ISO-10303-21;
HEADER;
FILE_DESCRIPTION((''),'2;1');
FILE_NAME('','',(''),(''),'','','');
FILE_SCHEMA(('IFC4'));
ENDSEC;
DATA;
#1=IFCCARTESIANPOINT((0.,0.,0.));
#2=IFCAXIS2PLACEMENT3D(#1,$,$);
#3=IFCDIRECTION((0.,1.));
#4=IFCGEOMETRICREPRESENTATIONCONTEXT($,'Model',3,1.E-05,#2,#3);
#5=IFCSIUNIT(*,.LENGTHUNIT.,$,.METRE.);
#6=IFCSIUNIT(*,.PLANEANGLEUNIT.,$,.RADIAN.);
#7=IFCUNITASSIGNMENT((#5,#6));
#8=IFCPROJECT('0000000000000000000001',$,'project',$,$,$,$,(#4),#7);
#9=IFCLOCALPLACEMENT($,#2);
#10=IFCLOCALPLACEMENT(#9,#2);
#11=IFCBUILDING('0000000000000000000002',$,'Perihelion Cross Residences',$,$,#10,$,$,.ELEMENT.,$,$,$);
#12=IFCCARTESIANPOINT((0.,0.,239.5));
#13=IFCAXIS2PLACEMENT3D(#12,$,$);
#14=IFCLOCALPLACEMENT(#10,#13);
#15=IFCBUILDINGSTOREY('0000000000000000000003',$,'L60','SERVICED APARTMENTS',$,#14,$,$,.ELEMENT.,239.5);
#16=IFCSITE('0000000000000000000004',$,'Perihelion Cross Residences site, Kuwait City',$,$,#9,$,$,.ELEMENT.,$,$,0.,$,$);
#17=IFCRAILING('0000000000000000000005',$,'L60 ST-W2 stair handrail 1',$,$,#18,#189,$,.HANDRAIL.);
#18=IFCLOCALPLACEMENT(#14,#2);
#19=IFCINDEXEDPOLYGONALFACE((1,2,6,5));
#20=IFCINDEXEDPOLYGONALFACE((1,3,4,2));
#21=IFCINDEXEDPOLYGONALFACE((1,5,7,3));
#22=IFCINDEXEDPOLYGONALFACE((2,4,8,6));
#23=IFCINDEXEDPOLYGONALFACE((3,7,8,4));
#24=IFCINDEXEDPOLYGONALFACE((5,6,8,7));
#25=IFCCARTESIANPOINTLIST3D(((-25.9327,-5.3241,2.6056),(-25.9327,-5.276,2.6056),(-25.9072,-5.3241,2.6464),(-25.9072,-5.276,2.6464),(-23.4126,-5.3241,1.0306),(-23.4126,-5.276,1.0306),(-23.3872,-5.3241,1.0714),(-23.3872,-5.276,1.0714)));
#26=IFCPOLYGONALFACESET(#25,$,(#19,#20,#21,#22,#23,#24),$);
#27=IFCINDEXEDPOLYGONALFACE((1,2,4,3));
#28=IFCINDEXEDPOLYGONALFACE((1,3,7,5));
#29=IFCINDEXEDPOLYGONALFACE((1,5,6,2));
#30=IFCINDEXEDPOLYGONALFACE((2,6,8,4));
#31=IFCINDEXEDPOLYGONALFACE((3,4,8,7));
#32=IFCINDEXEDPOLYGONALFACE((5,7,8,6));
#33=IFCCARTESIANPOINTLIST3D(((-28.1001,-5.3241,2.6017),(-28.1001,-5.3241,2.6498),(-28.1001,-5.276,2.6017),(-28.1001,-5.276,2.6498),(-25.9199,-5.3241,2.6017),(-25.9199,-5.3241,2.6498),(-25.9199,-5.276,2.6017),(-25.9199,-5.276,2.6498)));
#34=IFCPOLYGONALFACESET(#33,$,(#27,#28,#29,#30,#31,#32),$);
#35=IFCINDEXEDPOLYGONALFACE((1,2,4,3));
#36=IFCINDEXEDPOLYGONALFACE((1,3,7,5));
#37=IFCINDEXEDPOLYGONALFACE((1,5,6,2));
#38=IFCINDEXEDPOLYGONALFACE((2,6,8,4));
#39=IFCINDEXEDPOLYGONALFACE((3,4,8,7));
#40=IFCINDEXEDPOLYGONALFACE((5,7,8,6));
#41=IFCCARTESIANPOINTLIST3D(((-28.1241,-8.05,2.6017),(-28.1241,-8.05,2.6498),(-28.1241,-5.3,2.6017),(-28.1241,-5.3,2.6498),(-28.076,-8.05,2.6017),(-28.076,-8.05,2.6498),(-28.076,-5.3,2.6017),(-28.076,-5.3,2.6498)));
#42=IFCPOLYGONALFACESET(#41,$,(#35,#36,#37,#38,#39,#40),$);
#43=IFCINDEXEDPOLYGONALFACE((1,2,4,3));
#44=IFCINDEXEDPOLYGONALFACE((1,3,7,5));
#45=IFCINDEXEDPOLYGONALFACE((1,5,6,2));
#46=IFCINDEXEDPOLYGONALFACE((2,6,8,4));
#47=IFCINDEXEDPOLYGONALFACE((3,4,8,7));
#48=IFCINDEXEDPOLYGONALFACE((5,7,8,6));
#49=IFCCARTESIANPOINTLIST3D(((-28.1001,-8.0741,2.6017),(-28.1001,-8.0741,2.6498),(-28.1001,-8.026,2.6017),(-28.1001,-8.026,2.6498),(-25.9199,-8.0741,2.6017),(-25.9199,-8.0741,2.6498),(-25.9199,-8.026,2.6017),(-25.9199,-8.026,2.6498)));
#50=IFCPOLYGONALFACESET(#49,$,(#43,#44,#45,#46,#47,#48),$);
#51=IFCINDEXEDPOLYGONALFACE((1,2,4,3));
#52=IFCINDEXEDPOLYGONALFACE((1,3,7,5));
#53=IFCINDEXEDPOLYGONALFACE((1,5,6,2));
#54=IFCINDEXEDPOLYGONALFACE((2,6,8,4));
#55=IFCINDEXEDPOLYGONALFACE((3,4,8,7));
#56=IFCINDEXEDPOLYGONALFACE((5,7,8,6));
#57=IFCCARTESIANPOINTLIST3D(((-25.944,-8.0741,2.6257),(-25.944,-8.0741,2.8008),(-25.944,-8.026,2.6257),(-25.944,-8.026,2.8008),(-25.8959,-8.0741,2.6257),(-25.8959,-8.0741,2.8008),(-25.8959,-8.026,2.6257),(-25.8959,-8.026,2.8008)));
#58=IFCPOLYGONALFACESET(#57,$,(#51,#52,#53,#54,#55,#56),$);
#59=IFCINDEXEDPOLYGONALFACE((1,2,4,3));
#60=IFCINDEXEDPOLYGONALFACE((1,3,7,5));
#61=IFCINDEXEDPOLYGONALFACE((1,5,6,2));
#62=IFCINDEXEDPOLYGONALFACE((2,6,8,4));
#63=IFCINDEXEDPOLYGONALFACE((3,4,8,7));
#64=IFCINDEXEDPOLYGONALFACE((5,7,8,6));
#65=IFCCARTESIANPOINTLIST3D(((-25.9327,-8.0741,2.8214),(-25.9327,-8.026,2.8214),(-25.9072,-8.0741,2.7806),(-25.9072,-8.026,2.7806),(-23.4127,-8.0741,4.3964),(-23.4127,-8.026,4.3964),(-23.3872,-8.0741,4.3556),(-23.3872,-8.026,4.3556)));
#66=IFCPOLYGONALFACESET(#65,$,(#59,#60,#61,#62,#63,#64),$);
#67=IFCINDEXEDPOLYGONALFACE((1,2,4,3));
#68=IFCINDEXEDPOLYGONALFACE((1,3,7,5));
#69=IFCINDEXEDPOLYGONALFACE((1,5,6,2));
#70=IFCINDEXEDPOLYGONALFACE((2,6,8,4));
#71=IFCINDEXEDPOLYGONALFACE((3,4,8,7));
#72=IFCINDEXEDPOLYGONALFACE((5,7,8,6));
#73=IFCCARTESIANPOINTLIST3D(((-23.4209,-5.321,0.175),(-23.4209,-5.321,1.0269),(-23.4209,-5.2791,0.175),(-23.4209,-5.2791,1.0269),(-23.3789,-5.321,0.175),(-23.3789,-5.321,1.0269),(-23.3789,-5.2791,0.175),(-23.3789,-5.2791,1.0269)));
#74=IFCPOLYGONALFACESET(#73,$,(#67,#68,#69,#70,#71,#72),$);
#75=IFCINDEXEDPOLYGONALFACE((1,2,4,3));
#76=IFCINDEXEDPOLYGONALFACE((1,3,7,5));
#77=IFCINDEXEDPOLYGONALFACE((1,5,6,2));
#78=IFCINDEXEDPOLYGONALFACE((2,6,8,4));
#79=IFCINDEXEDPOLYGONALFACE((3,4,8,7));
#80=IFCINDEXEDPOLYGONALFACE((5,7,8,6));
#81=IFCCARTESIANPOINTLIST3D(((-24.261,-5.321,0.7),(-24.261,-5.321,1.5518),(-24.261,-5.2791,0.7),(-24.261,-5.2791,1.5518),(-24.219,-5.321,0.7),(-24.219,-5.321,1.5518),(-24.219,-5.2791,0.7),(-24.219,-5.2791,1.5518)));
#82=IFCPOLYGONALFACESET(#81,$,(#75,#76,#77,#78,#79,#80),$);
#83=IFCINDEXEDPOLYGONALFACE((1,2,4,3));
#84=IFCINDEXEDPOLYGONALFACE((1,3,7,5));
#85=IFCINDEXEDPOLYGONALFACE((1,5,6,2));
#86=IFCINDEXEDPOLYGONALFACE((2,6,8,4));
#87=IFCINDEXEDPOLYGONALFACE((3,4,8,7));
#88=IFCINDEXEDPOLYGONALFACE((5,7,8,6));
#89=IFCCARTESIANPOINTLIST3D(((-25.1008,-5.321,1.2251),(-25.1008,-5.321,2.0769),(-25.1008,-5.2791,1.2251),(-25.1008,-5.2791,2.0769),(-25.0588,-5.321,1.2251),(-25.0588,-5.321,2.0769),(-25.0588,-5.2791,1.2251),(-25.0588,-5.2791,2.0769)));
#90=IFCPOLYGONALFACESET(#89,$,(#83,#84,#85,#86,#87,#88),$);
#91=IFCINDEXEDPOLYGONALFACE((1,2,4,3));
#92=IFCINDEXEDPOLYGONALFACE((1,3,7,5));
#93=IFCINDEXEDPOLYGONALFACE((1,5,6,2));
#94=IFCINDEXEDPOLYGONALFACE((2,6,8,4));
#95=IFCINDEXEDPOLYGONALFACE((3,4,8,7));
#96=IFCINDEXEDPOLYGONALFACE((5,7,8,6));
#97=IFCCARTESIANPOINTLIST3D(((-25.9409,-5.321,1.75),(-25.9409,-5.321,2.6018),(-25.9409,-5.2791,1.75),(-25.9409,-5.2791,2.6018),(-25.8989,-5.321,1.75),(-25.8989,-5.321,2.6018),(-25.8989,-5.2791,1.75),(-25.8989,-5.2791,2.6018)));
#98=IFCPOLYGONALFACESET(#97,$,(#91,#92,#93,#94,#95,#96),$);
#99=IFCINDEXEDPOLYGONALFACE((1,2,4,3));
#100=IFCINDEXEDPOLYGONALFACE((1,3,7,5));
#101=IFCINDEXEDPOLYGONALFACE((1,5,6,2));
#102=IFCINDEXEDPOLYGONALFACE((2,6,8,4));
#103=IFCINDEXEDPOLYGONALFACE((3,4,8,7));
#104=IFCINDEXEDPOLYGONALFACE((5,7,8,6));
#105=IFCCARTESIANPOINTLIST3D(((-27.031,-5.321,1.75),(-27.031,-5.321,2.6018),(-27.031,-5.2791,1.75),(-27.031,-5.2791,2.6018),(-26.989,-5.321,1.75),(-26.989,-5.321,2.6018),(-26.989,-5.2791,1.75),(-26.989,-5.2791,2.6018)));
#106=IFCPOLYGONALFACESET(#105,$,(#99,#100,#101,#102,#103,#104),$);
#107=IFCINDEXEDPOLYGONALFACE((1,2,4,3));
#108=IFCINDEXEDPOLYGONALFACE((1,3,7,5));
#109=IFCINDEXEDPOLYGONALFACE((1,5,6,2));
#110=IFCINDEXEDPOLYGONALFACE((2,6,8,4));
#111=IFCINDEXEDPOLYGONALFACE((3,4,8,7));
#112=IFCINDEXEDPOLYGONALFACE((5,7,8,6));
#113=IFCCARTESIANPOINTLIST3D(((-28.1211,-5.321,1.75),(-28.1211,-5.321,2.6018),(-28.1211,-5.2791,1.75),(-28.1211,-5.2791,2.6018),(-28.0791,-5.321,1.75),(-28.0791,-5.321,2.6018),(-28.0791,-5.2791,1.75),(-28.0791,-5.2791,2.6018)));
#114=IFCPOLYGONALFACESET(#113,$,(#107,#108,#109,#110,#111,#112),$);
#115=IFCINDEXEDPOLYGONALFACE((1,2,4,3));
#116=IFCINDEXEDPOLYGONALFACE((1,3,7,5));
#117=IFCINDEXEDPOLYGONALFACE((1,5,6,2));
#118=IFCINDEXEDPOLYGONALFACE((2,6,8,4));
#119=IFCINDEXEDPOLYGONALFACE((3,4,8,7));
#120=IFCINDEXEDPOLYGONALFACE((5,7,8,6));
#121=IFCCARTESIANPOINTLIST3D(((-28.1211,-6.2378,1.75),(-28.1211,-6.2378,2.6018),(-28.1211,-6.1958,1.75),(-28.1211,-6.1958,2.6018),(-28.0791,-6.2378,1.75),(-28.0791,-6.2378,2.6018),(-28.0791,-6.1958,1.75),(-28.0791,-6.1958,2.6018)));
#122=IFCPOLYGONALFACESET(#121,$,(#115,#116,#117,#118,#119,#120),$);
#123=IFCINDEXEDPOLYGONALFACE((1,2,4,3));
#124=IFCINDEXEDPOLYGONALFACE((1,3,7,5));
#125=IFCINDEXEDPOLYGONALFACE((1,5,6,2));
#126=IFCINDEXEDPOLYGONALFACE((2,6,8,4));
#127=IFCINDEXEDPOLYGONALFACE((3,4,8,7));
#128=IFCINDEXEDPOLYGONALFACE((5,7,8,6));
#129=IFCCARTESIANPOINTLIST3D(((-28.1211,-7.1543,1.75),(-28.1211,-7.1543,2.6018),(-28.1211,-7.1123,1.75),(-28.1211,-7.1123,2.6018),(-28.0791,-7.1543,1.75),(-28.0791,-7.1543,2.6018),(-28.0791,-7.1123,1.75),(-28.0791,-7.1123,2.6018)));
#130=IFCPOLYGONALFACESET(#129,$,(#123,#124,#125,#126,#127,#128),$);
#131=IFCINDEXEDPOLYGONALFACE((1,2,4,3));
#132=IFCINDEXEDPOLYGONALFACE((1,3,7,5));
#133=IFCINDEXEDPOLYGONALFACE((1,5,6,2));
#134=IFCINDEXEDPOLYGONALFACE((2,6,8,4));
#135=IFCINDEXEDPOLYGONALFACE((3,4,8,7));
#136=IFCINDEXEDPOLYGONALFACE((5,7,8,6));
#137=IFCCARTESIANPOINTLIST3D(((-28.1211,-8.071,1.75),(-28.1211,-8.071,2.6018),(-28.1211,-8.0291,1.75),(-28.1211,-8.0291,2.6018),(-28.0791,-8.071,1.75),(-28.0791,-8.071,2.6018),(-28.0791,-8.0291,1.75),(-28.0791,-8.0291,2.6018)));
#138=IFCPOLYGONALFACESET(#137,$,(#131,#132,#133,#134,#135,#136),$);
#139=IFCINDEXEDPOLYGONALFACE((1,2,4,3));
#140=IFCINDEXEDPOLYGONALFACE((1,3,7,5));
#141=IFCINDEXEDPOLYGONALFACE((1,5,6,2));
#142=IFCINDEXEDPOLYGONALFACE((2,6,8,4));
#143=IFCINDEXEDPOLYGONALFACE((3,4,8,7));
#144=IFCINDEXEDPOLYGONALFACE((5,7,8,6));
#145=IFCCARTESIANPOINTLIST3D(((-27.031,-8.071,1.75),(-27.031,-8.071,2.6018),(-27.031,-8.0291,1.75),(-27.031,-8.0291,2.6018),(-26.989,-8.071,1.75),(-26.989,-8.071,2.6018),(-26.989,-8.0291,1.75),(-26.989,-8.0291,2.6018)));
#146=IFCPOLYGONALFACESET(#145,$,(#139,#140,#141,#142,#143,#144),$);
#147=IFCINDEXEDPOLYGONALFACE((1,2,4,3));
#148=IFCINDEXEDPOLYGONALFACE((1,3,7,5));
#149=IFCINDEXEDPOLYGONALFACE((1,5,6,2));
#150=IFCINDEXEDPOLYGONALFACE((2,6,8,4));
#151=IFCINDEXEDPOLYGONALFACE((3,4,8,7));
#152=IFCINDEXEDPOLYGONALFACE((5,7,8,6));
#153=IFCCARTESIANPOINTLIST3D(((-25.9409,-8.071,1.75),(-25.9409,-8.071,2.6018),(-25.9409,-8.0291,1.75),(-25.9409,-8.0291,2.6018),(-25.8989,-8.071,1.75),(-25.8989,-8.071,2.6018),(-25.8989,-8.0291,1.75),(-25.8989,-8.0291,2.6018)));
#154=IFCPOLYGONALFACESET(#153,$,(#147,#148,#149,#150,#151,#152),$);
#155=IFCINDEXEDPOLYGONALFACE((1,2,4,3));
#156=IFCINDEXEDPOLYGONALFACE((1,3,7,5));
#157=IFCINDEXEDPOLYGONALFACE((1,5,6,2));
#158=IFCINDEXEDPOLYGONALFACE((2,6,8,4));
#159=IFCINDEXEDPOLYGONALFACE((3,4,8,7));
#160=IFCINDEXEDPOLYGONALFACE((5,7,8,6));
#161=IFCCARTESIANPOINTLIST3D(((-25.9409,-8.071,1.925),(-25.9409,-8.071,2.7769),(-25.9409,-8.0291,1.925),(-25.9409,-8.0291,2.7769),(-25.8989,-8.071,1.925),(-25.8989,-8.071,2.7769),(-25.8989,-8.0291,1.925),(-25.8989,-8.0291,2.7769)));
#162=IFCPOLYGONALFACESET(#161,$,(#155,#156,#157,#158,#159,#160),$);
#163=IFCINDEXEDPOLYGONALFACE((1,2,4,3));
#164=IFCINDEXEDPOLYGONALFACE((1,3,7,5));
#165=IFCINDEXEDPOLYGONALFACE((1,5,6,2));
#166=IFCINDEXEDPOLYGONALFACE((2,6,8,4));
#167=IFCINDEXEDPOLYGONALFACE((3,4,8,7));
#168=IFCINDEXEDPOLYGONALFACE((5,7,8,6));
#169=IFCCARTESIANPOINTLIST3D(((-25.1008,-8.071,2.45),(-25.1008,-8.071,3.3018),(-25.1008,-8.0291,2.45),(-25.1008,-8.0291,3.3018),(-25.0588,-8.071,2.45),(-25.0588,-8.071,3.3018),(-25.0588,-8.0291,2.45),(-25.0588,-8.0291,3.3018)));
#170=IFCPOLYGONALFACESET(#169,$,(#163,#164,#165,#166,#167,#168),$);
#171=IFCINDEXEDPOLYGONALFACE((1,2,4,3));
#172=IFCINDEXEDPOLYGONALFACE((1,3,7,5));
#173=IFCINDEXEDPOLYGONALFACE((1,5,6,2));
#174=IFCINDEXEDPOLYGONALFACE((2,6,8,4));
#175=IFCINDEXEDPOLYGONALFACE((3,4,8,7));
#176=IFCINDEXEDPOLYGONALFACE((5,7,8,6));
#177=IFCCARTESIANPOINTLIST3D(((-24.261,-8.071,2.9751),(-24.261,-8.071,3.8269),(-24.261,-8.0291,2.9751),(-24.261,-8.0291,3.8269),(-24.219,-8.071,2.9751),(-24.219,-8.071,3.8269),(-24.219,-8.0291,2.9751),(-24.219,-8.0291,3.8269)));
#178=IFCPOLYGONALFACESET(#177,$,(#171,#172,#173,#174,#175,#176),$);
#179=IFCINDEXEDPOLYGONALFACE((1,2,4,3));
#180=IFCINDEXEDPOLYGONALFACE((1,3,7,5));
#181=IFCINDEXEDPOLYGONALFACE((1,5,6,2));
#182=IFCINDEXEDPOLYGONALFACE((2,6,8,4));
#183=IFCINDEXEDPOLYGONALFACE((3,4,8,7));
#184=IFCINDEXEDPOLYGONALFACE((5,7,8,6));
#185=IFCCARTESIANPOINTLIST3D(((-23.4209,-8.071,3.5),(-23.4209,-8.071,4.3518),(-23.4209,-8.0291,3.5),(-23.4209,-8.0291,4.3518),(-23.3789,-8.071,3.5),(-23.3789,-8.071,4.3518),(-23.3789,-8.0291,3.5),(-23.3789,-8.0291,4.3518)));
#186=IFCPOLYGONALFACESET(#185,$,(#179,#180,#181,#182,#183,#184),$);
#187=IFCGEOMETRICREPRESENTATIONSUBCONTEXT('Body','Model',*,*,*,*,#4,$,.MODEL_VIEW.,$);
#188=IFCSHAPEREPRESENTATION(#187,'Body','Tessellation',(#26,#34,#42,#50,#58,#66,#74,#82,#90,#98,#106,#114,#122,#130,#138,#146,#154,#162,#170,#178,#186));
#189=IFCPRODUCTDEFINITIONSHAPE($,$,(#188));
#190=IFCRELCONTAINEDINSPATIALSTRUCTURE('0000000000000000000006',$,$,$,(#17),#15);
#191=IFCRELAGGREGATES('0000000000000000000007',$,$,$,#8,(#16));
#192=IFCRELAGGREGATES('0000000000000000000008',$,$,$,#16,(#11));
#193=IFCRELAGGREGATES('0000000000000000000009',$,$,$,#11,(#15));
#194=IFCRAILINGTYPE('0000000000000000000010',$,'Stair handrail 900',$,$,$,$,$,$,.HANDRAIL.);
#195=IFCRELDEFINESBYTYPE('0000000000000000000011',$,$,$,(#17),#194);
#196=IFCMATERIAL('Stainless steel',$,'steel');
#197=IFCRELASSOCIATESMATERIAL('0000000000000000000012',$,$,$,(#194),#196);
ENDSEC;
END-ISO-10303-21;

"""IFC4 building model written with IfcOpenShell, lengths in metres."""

from ifc_helpers import new_model, si_unit, direction, frame, origin, origin_2d, place, context, subcontext, project, spatial, rectangle, extrude, material, type_object, element, save


model = new_model("IFC4")

# Units and contexts
model_context = context("Model", 3, precision=1e-05, world=origin(), true_north=direction((0.0, 1.0)))
body_context = subcontext(model_context, "Body", "Model", "MODEL_VIEW")
ifc_project = project(units=[si_unit("LENGTHUNIT", "METRE"), si_unit("PLANEANGLEUNIT", "RADIAN")], contexts=[model_context])

# Site, building, storey
site_placement = place(None, origin())
site = spatial("IfcSite", under=ifc_project, at=site_placement, Name="Perihelion Cross Residences site, Kuwait City", CompositionType="ELEMENT", RefElevation=0.0)
building_placement = place(site_placement, origin())
building = spatial("IfcBuilding", under=site, at=building_placement, Name="Perihelion Cross Residences", CompositionType="ELEMENT")
storey_placement = place(building_placement, frame((0.0, 0.0, 239.5)))
storey = spatial("IfcBuildingStorey", under=building, at=storey_placement, Name="L60", Description="SERVICED APARTMENTS", CompositionType="ELEMENT", Elevation=239.5)

# Railing
ifc_material_1 = material(Name="Stainless steel", Category="steel")
railing_type_1 = type_object("IfcRailingType", Name="Stair handrail 900", PredefinedType="HANDRAIL", material=ifc_material_1)
railing_1_placement = place(storey_placement, frame((-23.3999, -5.3, 0.175)))
element("IfcRailing", 1, at=railing_1_placement, inside=storey, type_object=railing_type_1, Name="L60 ST-W2 stair handrail 1", PredefinedType="HANDRAIL", context=body_context, shape_type="SweptSolid", body=[
    extrude(rectangle(XDim=0.0481, YDim=0.0481, at=origin_2d()), frame((0.0, 0.0, 0.876), z_axis=(-0.848008, 0.0, 0.529984), x_axis=(0.0, -1.0, 0.0)), (0.0, 0.0, 1.0), 2.9717),
    extrude(rectangle(XDim=0.0481, YDim=0.0481, at=origin_2d()), frame((-2.52, 0.0, 2.4507), z_axis=(-1.0, 0.0, 0.0), x_axis=(0.0, -1.0, 0.0)), (0.0, 0.0, 1.0), 2.1802),
    extrude(rectangle(XDim=0.0481, YDim=0.0481, at=origin_2d()), frame((-4.7002, 0.0, 2.4507), z_axis=(0.0, -1.0, 0.0), x_axis=(1.0, 0.0, 0.0)), (0.0, 0.0, 1.0), 2.75),
    extrude(rectangle(XDim=0.0481, YDim=0.0481, at=origin_2d()), frame((-4.7002, -2.75, 2.4507), z_axis=(1.0, 0.0, 0.0), x_axis=(0.0, 1.0, 0.0)), (0.0, 0.0, 1.0), 2.1802),
    extrude(rectangle(XDim=0.0481, YDim=0.0481, at=origin_2d()), frame((-2.52, -2.75, 2.4507), z_axis=(0.0, 0.0, 1.0), x_axis=(1.0, 0.0, 0.0)), (0.0, 0.0, 1.0), 0.175),
    extrude(rectangle(XDim=0.0481, YDim=0.0481, at=origin_2d()), frame((-2.52, -2.75, 2.626), z_axis=(0.848008, 0.0, 0.529984), x_axis=(0.0, 1.0, 0.0)), (0.0, 0.0, 1.0), 2.9717),
    extrude(rectangle(XDim=0.042, YDim=0.042, at=origin_2d()), origin(), (0.0, 0.0, 1.0), 0.8518),
    extrude(rectangle(XDim=0.042, YDim=0.042, at=origin_2d()), frame((-0.8401, 0.0, 0.5249)), (0.0, 0.0, 1.0), 0.8518),
    extrude(rectangle(XDim=0.042, YDim=0.042, at=origin_2d()), frame((-1.6799, 0.0, 1.05)), (0.0, 0.0, 1.0), 0.8518),
    extrude(rectangle(XDim=0.042, YDim=0.042, at=origin_2d()), frame((-2.52, 0.0, 1.575)), (0.0, 0.0, 1.0), 0.8518),
    extrude(rectangle(XDim=0.042, YDim=0.042, at=origin_2d()), frame((-3.6101, 0.0, 1.575)), (0.0, 0.0, 1.0), 0.8518),
    extrude(rectangle(XDim=0.042, YDim=0.042, at=origin_2d()), frame((-4.7002, 0.0, 1.575)), (0.0, 0.0, 1.0), 0.8518),
    extrude(rectangle(XDim=0.042, YDim=0.042, at=origin_2d()), frame((-4.7002, -0.9167, 1.575)), (0.0, 0.0, 1.0), 0.8518),
    extrude(rectangle(XDim=0.042, YDim=0.042, at=origin_2d()), frame((-4.7002, -1.8333, 1.575)), (0.0, 0.0, 1.0), 0.8518),
    extrude(rectangle(XDim=0.042, YDim=0.042, at=origin_2d()), frame((-4.7002, -2.75, 1.575)), (0.0, 0.0, 1.0), 0.8518),
    extrude(rectangle(XDim=0.042, YDim=0.042, at=origin_2d()), frame((-3.6101, -2.75, 1.575)), (0.0, 0.0, 1.0), 0.8518),
    extrude(rectangle(XDim=0.042, YDim=0.042, at=origin_2d()), frame((-2.52, -2.75, 1.575)), (0.0, 0.0, 1.0), 0.8518),
    extrude(rectangle(XDim=0.042, YDim=0.042, at=origin_2d()), frame((-2.52, -2.75, 1.75)), (0.0, 0.0, 1.0), 0.8518),
    extrude(rectangle(XDim=0.042, YDim=0.042, at=origin_2d()), frame((-1.6799, -2.75, 2.2749)), (0.0, 0.0, 1.0), 0.8518),
    extrude(rectangle(XDim=0.042, YDim=0.042, at=origin_2d()), frame((-0.8401, -2.75, 2.8)), (0.0, 0.0, 1.0), 0.8518),
    extrude(rectangle(XDim=0.042, YDim=0.042, at=origin_2d()), frame((0.0, -2.75, 3.325)), (0.0, 0.0, 1.0), 0.8518),
])

save(model, "model.ifc")
